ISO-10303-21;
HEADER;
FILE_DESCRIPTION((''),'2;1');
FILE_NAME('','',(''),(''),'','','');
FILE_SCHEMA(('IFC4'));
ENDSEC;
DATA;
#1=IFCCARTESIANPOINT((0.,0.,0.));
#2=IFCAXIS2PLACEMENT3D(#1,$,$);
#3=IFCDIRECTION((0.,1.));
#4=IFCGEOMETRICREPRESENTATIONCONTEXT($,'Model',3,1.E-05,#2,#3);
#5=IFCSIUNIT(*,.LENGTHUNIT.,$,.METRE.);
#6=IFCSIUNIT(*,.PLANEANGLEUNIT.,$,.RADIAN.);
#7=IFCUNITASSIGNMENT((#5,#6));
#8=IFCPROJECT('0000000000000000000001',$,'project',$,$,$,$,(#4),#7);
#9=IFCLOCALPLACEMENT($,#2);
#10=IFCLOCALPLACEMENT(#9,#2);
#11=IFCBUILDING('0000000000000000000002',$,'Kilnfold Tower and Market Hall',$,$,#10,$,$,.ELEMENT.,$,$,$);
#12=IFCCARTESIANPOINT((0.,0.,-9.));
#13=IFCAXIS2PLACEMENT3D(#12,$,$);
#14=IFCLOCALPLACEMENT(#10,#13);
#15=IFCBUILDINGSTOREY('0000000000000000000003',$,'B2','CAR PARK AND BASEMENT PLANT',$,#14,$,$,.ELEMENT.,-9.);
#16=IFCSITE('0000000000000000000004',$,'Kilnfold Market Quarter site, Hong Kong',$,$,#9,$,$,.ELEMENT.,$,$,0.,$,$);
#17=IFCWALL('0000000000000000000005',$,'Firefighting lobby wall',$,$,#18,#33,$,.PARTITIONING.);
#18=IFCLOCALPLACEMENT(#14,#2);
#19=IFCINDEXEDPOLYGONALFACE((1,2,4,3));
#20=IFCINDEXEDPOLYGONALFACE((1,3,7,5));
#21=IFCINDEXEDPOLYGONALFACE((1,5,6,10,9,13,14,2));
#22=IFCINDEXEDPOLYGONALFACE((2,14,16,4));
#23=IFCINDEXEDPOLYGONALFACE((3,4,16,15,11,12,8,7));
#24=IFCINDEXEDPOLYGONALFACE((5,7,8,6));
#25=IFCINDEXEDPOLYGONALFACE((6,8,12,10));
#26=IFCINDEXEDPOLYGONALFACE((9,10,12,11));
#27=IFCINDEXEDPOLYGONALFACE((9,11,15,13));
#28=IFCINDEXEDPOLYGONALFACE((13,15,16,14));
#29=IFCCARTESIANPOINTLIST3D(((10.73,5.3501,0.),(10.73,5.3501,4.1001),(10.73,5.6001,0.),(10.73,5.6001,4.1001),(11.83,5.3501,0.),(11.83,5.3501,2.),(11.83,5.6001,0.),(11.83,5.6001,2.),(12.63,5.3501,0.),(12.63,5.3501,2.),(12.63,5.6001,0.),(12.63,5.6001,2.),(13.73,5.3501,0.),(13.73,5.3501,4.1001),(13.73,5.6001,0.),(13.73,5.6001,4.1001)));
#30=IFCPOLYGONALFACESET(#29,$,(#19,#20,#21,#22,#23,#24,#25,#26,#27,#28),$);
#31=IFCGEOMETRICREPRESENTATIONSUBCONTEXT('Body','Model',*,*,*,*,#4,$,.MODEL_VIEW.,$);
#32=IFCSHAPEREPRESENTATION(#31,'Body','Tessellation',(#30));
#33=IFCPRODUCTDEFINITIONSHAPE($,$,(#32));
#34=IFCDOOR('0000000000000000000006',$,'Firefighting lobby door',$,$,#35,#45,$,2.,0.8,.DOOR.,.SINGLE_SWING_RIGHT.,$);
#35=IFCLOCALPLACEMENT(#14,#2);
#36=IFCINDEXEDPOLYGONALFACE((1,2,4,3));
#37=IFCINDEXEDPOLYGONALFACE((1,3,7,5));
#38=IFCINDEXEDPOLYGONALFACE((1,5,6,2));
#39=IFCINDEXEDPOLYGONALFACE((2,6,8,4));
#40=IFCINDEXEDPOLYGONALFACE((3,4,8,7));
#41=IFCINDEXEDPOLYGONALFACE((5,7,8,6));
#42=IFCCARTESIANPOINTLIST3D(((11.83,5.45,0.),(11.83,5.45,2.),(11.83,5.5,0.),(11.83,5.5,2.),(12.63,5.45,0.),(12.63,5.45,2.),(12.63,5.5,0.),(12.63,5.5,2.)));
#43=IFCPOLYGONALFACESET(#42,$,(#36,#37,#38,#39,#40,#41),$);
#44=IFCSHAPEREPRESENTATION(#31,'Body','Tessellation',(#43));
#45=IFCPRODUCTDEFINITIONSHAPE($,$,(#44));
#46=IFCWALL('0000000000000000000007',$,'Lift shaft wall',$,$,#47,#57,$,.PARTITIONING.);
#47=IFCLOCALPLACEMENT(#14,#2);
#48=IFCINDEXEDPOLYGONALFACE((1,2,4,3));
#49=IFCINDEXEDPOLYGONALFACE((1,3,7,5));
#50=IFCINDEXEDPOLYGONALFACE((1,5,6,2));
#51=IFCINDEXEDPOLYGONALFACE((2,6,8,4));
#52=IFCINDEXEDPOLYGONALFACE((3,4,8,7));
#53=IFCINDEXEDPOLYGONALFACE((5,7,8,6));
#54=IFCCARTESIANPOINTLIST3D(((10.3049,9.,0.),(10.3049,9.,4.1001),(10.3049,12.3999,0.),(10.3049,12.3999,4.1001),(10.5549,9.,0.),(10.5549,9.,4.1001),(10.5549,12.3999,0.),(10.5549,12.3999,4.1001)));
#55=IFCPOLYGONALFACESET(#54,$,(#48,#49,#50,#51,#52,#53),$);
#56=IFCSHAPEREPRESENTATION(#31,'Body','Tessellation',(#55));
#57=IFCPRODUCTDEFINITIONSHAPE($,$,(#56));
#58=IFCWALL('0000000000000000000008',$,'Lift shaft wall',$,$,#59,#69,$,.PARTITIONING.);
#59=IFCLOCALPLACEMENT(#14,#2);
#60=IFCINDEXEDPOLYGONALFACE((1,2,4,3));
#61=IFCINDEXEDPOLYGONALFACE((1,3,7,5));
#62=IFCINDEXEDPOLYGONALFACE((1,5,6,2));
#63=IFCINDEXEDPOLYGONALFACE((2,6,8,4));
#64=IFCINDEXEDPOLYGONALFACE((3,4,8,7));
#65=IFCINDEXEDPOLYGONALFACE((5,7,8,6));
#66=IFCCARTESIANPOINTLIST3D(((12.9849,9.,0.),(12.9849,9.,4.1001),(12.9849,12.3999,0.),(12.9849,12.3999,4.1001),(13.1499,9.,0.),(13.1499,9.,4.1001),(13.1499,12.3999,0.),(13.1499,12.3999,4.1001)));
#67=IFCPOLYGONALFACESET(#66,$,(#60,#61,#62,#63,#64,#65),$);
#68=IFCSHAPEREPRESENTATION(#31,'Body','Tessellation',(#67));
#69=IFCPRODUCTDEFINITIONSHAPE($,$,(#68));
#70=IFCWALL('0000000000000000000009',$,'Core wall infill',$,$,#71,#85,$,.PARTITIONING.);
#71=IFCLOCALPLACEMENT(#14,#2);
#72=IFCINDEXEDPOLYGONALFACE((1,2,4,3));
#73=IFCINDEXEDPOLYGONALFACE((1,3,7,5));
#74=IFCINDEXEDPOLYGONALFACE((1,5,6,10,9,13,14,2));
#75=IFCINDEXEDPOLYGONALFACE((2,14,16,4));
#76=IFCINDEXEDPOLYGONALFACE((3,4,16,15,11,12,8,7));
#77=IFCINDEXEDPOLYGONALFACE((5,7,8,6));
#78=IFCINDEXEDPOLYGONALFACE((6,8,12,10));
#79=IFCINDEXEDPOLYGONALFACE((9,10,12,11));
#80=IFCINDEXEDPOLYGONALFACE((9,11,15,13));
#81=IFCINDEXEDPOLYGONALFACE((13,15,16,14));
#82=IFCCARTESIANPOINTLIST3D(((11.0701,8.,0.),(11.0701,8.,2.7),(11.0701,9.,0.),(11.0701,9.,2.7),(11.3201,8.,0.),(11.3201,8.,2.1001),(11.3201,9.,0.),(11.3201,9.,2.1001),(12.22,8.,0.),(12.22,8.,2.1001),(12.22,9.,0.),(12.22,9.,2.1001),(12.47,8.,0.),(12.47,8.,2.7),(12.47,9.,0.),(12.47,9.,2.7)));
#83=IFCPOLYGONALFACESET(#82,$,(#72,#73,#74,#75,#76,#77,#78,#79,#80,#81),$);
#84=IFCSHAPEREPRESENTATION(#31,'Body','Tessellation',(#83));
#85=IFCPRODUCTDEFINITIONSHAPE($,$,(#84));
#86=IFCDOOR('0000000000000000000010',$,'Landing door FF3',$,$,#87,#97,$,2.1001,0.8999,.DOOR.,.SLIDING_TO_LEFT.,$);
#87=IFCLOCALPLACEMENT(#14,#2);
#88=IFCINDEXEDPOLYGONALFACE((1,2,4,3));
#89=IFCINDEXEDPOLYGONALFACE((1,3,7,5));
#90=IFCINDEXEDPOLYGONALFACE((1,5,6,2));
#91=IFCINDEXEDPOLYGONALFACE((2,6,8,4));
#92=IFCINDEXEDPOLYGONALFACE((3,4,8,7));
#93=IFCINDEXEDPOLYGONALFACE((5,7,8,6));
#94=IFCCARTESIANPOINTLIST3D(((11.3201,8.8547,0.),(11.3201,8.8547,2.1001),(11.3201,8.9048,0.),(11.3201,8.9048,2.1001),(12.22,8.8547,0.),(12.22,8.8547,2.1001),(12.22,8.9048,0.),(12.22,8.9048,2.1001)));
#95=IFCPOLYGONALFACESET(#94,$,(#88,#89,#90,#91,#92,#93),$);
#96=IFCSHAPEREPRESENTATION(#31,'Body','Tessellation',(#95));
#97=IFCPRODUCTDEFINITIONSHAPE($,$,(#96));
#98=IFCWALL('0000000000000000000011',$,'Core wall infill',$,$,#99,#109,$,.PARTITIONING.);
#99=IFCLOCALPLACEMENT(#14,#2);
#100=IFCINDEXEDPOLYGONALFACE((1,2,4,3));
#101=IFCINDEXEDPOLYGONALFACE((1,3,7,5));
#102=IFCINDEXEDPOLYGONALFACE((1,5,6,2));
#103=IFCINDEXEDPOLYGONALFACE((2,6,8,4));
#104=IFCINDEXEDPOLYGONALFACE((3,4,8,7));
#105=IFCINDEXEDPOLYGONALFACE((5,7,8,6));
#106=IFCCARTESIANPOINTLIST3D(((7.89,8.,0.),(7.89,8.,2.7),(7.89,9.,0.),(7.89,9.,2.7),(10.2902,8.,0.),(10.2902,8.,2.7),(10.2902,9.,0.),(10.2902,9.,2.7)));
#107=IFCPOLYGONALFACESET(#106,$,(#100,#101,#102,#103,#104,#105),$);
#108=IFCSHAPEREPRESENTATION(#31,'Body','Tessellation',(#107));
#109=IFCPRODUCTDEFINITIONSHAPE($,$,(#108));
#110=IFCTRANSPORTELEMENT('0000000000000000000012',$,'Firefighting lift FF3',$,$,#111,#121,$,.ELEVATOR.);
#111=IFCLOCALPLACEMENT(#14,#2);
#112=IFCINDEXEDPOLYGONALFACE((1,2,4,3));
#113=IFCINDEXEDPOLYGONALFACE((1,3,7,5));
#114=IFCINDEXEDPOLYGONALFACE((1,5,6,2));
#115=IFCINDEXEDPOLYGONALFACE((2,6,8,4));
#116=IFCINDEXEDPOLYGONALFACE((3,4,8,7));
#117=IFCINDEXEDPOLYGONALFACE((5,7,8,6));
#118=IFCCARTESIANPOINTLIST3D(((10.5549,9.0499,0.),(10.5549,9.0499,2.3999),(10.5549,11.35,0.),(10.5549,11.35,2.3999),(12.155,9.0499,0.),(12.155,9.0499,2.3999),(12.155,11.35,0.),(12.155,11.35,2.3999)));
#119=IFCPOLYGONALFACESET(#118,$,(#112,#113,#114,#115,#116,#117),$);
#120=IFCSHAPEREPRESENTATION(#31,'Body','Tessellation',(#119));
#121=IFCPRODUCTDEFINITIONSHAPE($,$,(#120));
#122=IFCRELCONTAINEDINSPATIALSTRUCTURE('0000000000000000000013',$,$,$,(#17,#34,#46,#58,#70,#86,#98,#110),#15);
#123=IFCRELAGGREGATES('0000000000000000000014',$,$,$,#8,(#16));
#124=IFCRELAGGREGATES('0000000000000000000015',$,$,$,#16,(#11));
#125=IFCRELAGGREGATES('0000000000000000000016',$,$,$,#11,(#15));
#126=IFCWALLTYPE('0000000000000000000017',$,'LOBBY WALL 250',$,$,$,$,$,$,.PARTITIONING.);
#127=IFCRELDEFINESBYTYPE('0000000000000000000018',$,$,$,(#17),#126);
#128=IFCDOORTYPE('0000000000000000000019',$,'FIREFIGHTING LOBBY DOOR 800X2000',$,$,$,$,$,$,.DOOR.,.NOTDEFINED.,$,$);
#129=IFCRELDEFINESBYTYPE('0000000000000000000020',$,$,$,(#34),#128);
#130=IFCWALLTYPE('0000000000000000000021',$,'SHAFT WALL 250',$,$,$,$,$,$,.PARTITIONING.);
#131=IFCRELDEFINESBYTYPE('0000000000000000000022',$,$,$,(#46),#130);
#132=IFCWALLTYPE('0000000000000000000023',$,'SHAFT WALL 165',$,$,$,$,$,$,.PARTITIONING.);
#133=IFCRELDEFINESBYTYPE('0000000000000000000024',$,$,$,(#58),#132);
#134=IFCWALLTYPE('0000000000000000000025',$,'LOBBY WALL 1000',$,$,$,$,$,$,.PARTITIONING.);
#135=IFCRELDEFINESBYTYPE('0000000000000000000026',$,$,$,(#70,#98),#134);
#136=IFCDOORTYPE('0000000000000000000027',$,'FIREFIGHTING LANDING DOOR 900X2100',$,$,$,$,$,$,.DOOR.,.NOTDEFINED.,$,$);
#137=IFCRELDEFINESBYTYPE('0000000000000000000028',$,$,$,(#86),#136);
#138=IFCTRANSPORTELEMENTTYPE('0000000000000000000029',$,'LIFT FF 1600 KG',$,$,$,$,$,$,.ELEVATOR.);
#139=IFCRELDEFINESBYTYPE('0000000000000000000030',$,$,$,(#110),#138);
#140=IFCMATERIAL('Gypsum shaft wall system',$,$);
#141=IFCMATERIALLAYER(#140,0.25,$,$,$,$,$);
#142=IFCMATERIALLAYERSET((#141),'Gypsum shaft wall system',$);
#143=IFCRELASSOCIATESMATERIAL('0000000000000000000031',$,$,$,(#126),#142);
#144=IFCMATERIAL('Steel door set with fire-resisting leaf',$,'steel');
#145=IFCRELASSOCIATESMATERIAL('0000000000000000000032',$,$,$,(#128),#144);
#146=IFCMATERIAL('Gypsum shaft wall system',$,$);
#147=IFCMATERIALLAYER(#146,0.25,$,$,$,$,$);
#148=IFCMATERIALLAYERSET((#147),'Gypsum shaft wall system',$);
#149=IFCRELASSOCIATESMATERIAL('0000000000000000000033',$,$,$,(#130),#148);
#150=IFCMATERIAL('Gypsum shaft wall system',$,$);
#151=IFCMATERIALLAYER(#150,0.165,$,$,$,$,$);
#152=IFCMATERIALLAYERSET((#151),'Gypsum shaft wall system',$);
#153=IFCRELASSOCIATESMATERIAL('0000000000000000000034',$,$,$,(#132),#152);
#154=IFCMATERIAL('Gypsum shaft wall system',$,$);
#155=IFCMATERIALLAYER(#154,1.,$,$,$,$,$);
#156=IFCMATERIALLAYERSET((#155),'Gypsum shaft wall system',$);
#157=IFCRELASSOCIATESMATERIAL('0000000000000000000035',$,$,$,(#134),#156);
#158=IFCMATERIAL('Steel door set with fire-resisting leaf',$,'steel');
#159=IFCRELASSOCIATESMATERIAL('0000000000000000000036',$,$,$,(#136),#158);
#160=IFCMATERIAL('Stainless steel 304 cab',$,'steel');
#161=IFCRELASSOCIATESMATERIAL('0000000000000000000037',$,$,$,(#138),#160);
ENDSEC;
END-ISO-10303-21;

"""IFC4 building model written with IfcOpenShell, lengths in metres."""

from ifc_helpers import new_model, si_unit, direction, frame, frame_2d, origin, origin_2d, place, context, subcontext, project, spatial, rectangle, extrude, source, transform, mapped, material, layer, layer_set, type_object, element, fill, save


model = new_model("IFC4")

# Units and contexts
model_context = context("Model", 3, precision=1e-05, world=origin(), true_north=direction((0.0, 1.0)))
body_context = subcontext(model_context, "Body", "Model", "MODEL_VIEW")
ifc_project = project(units=[si_unit("LENGTHUNIT", "METRE"), si_unit("PLANEANGLEUNIT", "RADIAN")], contexts=[model_context])

# Site, building, storey
site_placement = place(None, origin())
site = spatial("IfcSite", under=ifc_project, at=site_placement, Name="Kilnfold Market Quarter site, Hong Kong", CompositionType="ELEMENT", RefElevation=0.0)
building_placement = place(site_placement, origin())
building = spatial("IfcBuilding", under=site, at=building_placement, Name="Kilnfold Tower and Market Hall", CompositionType="ELEMENT")
storey_placement = place(building_placement, frame((0.0, 0.0, -9.0)))
storey = spatial("IfcBuildingStorey", under=building, at=storey_placement, Name="B2", Description="CAR PARK AND BASEMENT PLANT", CompositionType="ELEMENT", Elevation=-9.0)

# Wall, opening, door
ifc_material_1 = material(Name="Gypsum shaft wall system")
ifc_layer_1 = layer(ifc_material_1, 0.25)
ifc_layer_set_1 = layer_set([ifc_layer_1], Name="Gypsum shaft wall system")
wall_type_1 = type_object("IfcWallType", Name="LOBBY WALL 250", PredefinedType="PARTITIONING", material=ifc_layer_set_1)
shared_shape_1 = source(origin(), body_context, "Body", "SweptSolid", [
    extrude(rectangle(XDim=3.0, YDim=0.25, at=frame_2d((1.5, 0.0))), origin(), (0.0, 0.0, 1.0), 4.1001),
])
wall_1_placement = place(storey_placement, frame((10.73, 5.4751, 0.0), z_axis=(0.0, 0.0, 1.0), x_axis=(1.0, 0.0, 0.0)))
wall_1 = element("IfcWall", 1, at=wall_1_placement, inside=storey, type_object=wall_type_1, Name="Firefighting lobby wall", PredefinedType="PARTITIONING", context=body_context, shape_type="MappedRepresentation", body=[
    mapped(shared_shape_1, transform((0.0, 0.0, 0.0))),
])
opening_1_placement = place(wall_1_placement, frame((1.1001, 0.0, 0.0)))
opening_1 = element("IfcOpeningElement", 2, at=opening_1_placement, cuts=wall_1, PredefinedType="OPENING", context=body_context, shape_type="SweptSolid", body=[
    extrude(rectangle(XDim=0.8, YDim=2.0, at=frame_2d((0.3999, 1.0))), frame((0.0, 0.135, 0.0), z_axis=(0.0, -1.0, 0.0), x_axis=(1.0, 0.0, 0.0)), (0.0, 0.0, 1.0), 0.27),
])
ifc_material_2 = material(Name="Steel door set with fire-resisting leaf", Category="steel")
door_type_1 = type_object("IfcDoorType", Name="FIREFIGHTING LOBBY DOOR 800X2000", OperationType="NOTDEFINED", PredefinedType="DOOR", material=ifc_material_2)
door_1_placement = place(opening_1_placement, origin())
door_1 = element("IfcDoor", 3, at=door_1_placement, inside=storey, type_object=door_type_1, Name="Firefighting lobby door", OperationType="SINGLE_SWING_RIGHT", OverallHeight=2.0, OverallWidth=0.8, PredefinedType="DOOR", context=body_context, shape_type="SweptSolid", body=[
    extrude(rectangle(XDim=0.8, YDim=2.0, at=frame_2d((0.3999, 1.0))), frame((0.0, 0.0249, 0.0), z_axis=(0.0, -1.0, 0.0), x_axis=(1.0, 0.0, 0.0)), (0.0, 0.0, 1.0), 0.05),
])
fill(opening_1, door_1)

# Walls
ifc_material_3 = material(Name="Gypsum shaft wall system")
ifc_layer_2 = layer(ifc_material_3, 0.25)
ifc_layer_set_2 = layer_set([ifc_layer_2], Name="Gypsum shaft wall system")
wall_type_2 = type_object("IfcWallType", Name="SHAFT WALL 250", PredefinedType="PARTITIONING", material=ifc_layer_set_2)
shared_shape_2 = source(origin(), body_context, "Body", "SweptSolid", [
    extrude(rectangle(XDim=3.3999, YDim=0.25, at=frame_2d((1.7, 0.0))), origin(), (0.0, 0.0, 1.0), 4.1001),
])
wall_2_placement = place(storey_placement, frame((10.4299, 9.0, 0.0), z_axis=(0.0, 0.0, 1.0), x_axis=(0.0, 1.0, 0.0)))
element("IfcWall", 4, at=wall_2_placement, inside=storey, type_object=wall_type_2, Name="Lift shaft wall", PredefinedType="PARTITIONING", context=body_context, shape_type="MappedRepresentation", body=[
    mapped(shared_shape_2, transform((0.0, 0.0, 0.0))),
])
ifc_material_4 = material(Name="Gypsum shaft wall system")
ifc_layer_3 = layer(ifc_material_4, 0.165)
ifc_layer_set_3 = layer_set([ifc_layer_3], Name="Gypsum shaft wall system")
wall_type_3 = type_object("IfcWallType", Name="SHAFT WALL 165", PredefinedType="PARTITIONING", material=ifc_layer_set_3)
shared_shape_3 = source(origin(), body_context, "Body", "SweptSolid", [
    extrude(rectangle(XDim=3.3999, YDim=0.165, at=frame_2d((1.7, 0.0))), origin(), (0.0, 0.0, 1.0), 4.1001),
])
wall_3_placement = place(storey_placement, frame((13.0674, 9.0, 0.0), z_axis=(0.0, 0.0, 1.0), x_axis=(0.0, 1.0, 0.0)))
element("IfcWall", 5, at=wall_3_placement, inside=storey, type_object=wall_type_3, Name="Lift shaft wall", PredefinedType="PARTITIONING", context=body_context, shape_type="MappedRepresentation", body=[
    mapped(shared_shape_3, transform((0.0, 0.0, 0.0))),
])

# Wall, opening, door
ifc_material_5 = material(Name="Gypsum shaft wall system")
ifc_layer_4 = layer(ifc_material_5, 1.0)
ifc_layer_set_4 = layer_set([ifc_layer_4], Name="Gypsum shaft wall system")
wall_type_4 = type_object("IfcWallType", Name="LOBBY WALL 1000", PredefinedType="PARTITIONING", material=ifc_layer_set_4)
shared_shape_4 = source(origin(), body_context, "Body", "SweptSolid", [
    extrude(rectangle(XDim=1.3999, YDim=1.0, at=frame_2d((0.7, 0.0))), origin(), (0.0, 0.0, 1.0), 2.7),
])
wall_4_placement = place(storey_placement, frame((11.0701, 8.5, 0.0), z_axis=(0.0, 0.0, 1.0), x_axis=(1.0, 0.0, 0.0)))
wall_4 = element("IfcWall", 6, at=wall_4_placement, inside=storey, type_object=wall_type_4, Name="Core wall infill", PredefinedType="PARTITIONING", context=body_context, shape_type="MappedRepresentation", body=[
    mapped(shared_shape_4, transform((0.0, 0.0, 0.0))),
])
opening_2_placement = place(wall_4_placement, frame((0.25, 0.0, 0.0)))
opening_2 = element("IfcOpeningElement", 7, at=opening_2_placement, cuts=wall_4, PredefinedType="OPENING", context=body_context, shape_type="SweptSolid", body=[
    extrude(rectangle(XDim=0.8999, YDim=2.1001, at=frame_2d((0.45, 1.05))), frame((0.0, 0.51, 0.0), z_axis=(0.0, -1.0, 0.0), x_axis=(1.0, 0.0, 0.0)), (0.0, 0.0, 1.0), 1.02),
])
ifc_material_6 = material(Name="Steel door set with fire-resisting leaf", Category="steel")
door_type_2 = type_object("IfcDoorType", Name="FIREFIGHTING LANDING DOOR 900X2100", OperationType="NOTDEFINED", PredefinedType="DOOR", material=ifc_material_6)
door_2_placement = place(opening_2_placement, origin())
door_2 = element("IfcDoor", 8, at=door_2_placement, inside=storey, type_object=door_type_2, Name="Landing door FF3", OperationType="SLIDING_TO_LEFT", OverallHeight=2.1001, OverallWidth=0.8999, PredefinedType="DOOR", context=body_context, shape_type="SweptSolid", body=[
    extrude(rectangle(XDim=0.8999, YDim=2.1001, at=frame_2d((0.45, 1.05))), frame((0.0, 0.4048, 0.0), z_axis=(0.0, -1.0, 0.0), x_axis=(1.0, 0.0, 0.0)), (0.0, 0.0, 1.0), 0.05),
])
fill(opening_2, door_2)

# Wall
shared_shape_5 = source(origin(), body_context, "Body", "SweptSolid", [
    extrude(rectangle(XDim=2.4001, YDim=1.0, at=frame_2d((1.2002, 0.0))), origin(), (0.0, 0.0, 1.0), 2.7),
])
wall_5_placement = place(storey_placement, frame((7.8899, 8.5, 0.0), z_axis=(0.0, 0.0, 1.0), x_axis=(1.0, 0.0, 0.0)))
element("IfcWall", 9, at=wall_5_placement, inside=storey, type_object=wall_type_4, Name="Core wall infill", PredefinedType="PARTITIONING", context=body_context, shape_type="MappedRepresentation", body=[
    mapped(shared_shape_5, transform((0.0, 0.0, 0.0))),
])

# Transport element
ifc_material_7 = material(Name="Stainless steel 304 cab", Category="steel")
transport_element_type = type_object("IfcTransportElementType", Name="LIFT FF 1600 KG", PredefinedType="ELEVATOR", material=ifc_material_7)
shared_shape_6 = source(origin(), body_context, "Body", "SweptSolid", [
    extrude(rectangle(XDim=1.6001, YDim=2.3, at=origin_2d()), origin(), (0.0, 0.0, 1.0), 2.3999),
])
transport_element_placement = place(storey_placement, frame((11.355, 10.2, 0.0), z_axis=(0.0, 0.0, 1.0), x_axis=(1.0, 0.0, 0.0)))
element("IfcTransportElement", 10, at=transport_element_placement, inside=storey, type_object=transport_element_type, Name="Firefighting lift FF3", PredefinedType="ELEVATOR", context=body_context, shape_type="MappedRepresentation", body=[
    mapped(shared_shape_6, transform((0.0, 0.0, 0.0))),
])

save(model, "model.ifc")
